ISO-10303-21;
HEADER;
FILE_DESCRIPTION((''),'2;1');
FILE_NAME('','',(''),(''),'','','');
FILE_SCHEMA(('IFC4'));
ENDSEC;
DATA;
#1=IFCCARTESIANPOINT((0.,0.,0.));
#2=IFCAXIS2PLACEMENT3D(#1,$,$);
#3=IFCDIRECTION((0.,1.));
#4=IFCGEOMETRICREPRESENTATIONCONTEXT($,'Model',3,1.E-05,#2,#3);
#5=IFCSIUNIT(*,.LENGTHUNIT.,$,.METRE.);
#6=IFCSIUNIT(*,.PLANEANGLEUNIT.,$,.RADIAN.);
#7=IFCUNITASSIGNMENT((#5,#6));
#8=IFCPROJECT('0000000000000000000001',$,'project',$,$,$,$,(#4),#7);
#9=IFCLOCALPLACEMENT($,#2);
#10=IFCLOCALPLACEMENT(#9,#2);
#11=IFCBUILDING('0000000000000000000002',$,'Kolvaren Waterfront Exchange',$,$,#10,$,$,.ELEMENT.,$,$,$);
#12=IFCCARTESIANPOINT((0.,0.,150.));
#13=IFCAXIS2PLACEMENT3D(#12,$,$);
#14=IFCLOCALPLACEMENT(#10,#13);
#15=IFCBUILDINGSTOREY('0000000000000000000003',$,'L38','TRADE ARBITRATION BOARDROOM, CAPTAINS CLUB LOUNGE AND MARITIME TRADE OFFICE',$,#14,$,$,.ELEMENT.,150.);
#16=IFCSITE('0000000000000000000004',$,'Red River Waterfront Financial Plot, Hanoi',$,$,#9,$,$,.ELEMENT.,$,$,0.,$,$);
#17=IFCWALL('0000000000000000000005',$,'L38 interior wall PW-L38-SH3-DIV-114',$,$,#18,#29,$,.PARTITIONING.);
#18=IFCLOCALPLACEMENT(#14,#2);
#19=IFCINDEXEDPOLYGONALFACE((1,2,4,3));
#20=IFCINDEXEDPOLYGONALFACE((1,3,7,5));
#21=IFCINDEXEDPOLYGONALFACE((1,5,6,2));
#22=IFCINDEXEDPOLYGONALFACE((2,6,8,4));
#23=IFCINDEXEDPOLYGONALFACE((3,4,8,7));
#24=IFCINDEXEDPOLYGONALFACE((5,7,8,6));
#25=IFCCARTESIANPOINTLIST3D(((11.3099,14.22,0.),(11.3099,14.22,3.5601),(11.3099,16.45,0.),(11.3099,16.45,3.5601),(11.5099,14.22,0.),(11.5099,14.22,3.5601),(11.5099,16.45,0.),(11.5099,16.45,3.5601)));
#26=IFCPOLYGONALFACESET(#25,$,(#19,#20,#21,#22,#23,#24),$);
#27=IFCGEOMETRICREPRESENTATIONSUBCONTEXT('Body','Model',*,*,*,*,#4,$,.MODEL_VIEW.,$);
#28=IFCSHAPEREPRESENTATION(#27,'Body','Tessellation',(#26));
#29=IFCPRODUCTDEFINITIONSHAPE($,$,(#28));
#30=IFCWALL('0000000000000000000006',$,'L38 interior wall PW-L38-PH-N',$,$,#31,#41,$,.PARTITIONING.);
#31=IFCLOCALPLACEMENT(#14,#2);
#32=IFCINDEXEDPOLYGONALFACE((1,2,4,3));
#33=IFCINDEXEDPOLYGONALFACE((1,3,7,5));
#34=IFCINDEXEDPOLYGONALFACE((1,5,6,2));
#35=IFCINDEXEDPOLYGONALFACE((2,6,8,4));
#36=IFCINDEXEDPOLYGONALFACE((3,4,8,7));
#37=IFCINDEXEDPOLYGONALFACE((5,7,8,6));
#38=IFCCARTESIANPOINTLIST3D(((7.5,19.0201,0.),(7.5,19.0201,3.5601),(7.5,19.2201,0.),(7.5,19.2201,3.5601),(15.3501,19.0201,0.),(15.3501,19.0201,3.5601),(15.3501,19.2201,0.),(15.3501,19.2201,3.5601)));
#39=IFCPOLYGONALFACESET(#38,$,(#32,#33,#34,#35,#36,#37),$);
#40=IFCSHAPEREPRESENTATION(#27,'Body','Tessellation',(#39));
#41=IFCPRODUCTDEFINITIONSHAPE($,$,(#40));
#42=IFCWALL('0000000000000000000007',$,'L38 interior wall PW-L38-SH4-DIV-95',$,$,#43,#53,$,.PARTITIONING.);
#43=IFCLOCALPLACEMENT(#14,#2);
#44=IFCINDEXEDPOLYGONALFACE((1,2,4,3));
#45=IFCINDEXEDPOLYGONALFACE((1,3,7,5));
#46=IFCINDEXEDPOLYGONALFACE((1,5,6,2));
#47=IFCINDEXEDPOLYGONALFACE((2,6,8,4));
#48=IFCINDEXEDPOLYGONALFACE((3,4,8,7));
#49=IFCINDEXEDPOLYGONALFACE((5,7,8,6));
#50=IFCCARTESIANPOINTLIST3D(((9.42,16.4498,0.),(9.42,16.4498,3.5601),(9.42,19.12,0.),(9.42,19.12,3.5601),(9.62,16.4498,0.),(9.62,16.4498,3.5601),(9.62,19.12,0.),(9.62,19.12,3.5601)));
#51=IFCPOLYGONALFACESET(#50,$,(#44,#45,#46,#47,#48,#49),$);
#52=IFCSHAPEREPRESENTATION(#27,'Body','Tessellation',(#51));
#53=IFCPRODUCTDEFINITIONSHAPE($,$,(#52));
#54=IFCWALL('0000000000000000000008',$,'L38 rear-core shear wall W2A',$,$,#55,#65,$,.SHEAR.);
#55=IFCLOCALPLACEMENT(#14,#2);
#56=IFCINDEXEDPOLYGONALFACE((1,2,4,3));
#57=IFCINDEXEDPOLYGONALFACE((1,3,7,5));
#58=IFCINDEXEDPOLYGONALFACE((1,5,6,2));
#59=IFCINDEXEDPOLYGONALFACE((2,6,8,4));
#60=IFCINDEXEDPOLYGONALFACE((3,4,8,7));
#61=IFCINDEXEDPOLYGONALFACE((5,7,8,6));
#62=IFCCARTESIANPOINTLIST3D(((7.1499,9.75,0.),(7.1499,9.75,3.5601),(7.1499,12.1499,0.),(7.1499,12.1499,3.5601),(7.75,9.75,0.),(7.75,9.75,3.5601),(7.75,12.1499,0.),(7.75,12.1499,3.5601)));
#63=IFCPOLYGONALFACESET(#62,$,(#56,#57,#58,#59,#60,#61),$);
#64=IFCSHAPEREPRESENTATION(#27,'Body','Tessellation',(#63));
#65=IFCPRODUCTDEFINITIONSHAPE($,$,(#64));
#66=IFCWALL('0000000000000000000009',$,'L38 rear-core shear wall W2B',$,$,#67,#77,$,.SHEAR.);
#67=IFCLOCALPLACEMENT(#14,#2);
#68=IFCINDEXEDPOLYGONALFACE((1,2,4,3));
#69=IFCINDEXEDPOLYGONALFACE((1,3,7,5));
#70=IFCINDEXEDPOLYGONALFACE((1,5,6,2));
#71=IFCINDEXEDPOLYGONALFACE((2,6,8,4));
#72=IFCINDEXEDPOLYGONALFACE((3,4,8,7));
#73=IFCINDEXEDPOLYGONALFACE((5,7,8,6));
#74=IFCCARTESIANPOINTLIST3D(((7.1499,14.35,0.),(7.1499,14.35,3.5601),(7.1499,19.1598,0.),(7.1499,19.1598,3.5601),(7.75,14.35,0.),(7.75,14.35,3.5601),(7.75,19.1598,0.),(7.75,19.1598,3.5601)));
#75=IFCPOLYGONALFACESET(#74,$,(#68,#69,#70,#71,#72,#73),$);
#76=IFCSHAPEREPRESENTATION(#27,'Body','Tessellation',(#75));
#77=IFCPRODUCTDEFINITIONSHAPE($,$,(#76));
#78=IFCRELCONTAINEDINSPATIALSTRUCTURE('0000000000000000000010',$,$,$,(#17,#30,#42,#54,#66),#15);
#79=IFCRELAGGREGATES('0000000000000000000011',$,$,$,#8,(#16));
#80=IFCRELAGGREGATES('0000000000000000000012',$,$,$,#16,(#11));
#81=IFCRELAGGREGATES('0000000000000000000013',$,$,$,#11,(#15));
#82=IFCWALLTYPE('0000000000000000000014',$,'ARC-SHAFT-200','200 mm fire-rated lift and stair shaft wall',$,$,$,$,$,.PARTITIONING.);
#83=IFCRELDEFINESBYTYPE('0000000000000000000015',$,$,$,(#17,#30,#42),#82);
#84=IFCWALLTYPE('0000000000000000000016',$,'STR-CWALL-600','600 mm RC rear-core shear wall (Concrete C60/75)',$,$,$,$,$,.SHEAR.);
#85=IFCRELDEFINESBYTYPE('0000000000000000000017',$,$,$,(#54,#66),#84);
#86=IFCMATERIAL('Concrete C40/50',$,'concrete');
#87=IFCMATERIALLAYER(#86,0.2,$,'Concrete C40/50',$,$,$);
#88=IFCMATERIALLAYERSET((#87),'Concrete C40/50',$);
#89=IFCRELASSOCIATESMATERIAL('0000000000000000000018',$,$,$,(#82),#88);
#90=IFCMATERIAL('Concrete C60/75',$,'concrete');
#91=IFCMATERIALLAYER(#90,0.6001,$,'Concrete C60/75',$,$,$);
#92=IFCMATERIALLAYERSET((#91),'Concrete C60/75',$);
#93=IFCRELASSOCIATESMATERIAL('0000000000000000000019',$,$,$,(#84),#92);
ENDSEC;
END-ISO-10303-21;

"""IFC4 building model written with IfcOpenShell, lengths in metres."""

from ifc_helpers import new_model, si_unit, direction, frame, frame_2d, origin, place, context, subcontext, project, spatial, rectangle, extrude, material, layer, layer_set, type_object, element, save


model = new_model("IFC4")

# Units and contexts
model_context = context("Model", 3, precision=1e-05, world=origin(), true_north=direction((0.0, 1.0)))
body_context = subcontext(model_context, "Body", "Model", "MODEL_VIEW")
ifc_project = project(units=[si_unit("LENGTHUNIT", "METRE"), si_unit("PLANEANGLEUNIT", "RADIAN")], contexts=[model_context])

# Site, building, storey
site_placement = place(None, origin())
site = spatial("IfcSite", under=ifc_project, at=site_placement, Name="Red River Waterfront Financial Plot, Hanoi", CompositionType="ELEMENT", RefElevation=0.0)
building_placement = place(site_placement, origin())
building = spatial("IfcBuilding", under=site, at=building_placement, Name="Kolvaren Waterfront Exchange", CompositionType="ELEMENT")
storey_placement = place(building_placement, frame((0.0, 0.0, 150.0)))
storey = spatial("IfcBuildingStorey", under=building, at=storey_placement, Name="L38", Description="TRADE ARBITRATION BOARDROOM, CAPTAINS CLUB LOUNGE AND MARITIME TRADE OFFICE", CompositionType="ELEMENT", Elevation=150.0)

# Shared definitions
ifc_material_1 = material(Name="Concrete C60/75", Category="concrete")

# Shared definitions
ifc_material_2 = material(Name="Concrete C40/50", Category="concrete")
ifc_layer_1 = layer(ifc_material_2, 0.2, Name="Concrete C40/50")
ifc_layer_set_1 = layer_set([ifc_layer_1], Name="Concrete C40/50")
wall_type_1 = type_object("IfcWallType", Name="ARC-SHAFT-200", Description="200 mm fire-rated lift and stair shaft wall", PredefinedType="PARTITIONING", material=ifc_layer_set_1)

# Walls
for number, where, z_axis, x_axis, name in (
    (1, (11.4099, 14.22, 0.0), (0.0, 0.0, 1.0), (0.0, 1.0, 0.0), "L38 interior wall PW-L38-SH3-DIV-114"),
):
    element("IfcWall", number, at=place(storey_placement, frame(where, z_axis=z_axis, x_axis=x_axis)), inside=storey, type_object=wall_type_1, Name=name, PredefinedType="PARTITIONING", context=body_context, shape_type="SweptSolid", body=[
        extrude(rectangle(XDim=2.23, YDim=0.2, at=frame_2d((1.115, 0.0))), origin(), (0.0, 0.0, 1.0), 3.5601),
    ])
wall_1_placement = place(storey_placement, frame((7.5, 19.1201, 0.0), z_axis=(0.0, 0.0, 1.0), x_axis=(1.0, 0.0, 0.0)))
element("IfcWall", 2, at=wall_1_placement, inside=storey, type_object=wall_type_1, Name="L38 interior wall PW-L38-PH-N", PredefinedType="PARTITIONING", context=body_context, shape_type="SweptSolid", body=[
    extrude(rectangle(XDim=7.8501, YDim=0.2, at=frame_2d((3.925, 0.0))), origin(), (0.0, 0.0, 1.0), 3.5601),
])
wall_2_placement = place(storey_placement, frame((9.52, 16.45, 0.0), z_axis=(0.0, 0.0, 1.0), x_axis=(0.0, 1.0, 0.0)))
element("IfcWall", 3, at=wall_2_placement, inside=storey, type_object=wall_type_1, Name="L38 interior wall PW-L38-SH4-DIV-95", PredefinedType="PARTITIONING", context=body_context, shape_type="SweptSolid", body=[
    extrude(rectangle(XDim=2.6702, YDim=0.2, at=frame_2d((1.335, 0.0))), origin(), (0.0, 0.0, 1.0), 3.5601),
])
ifc_layer_2 = layer(ifc_material_1, 0.6001, Name="Concrete C60/75")
ifc_layer_set_2 = layer_set([ifc_layer_2], Name="Concrete C60/75")
wall_type_2 = type_object("IfcWallType", Name="STR-CWALL-600", Description="600 mm RC rear-core shear wall (Concrete C60/75)", PredefinedType="SHEAR", material=ifc_layer_set_2)
wall_3_placement = place(storey_placement, frame((7.45, 9.75, 0.0), z_axis=(0.0, 0.0, 1.0), x_axis=(0.0, 1.0, 0.0)))
element("IfcWall", 4, at=wall_3_placement, inside=storey, type_object=wall_type_2, Name="L38 rear-core shear wall W2A", PredefinedType="SHEAR", context=body_context, shape_type="SweptSolid", body=[
    extrude(rectangle(XDim=2.3999, YDim=0.6001, at=frame_2d((1.2, 0.0))), origin(), (0.0, 0.0, 1.0), 3.5601),
])
wall_4_placement = place(storey_placement, frame((7.45, 14.3501, 0.0), z_axis=(0.0, 0.0, 1.0), x_axis=(0.0, 1.0, 0.0)))
element("IfcWall", 5, at=wall_4_placement, inside=storey, type_object=wall_type_2, Name="L38 rear-core shear wall W2B", PredefinedType="SHEAR", context=body_context, shape_type="SweptSolid", body=[
    extrude(rectangle(XDim=4.8098, YDim=0.6001, at=frame_2d((2.4048, 0.0))), origin(), (0.0, 0.0, 1.0), 3.5601),
])

save(model, "model.ifc")
